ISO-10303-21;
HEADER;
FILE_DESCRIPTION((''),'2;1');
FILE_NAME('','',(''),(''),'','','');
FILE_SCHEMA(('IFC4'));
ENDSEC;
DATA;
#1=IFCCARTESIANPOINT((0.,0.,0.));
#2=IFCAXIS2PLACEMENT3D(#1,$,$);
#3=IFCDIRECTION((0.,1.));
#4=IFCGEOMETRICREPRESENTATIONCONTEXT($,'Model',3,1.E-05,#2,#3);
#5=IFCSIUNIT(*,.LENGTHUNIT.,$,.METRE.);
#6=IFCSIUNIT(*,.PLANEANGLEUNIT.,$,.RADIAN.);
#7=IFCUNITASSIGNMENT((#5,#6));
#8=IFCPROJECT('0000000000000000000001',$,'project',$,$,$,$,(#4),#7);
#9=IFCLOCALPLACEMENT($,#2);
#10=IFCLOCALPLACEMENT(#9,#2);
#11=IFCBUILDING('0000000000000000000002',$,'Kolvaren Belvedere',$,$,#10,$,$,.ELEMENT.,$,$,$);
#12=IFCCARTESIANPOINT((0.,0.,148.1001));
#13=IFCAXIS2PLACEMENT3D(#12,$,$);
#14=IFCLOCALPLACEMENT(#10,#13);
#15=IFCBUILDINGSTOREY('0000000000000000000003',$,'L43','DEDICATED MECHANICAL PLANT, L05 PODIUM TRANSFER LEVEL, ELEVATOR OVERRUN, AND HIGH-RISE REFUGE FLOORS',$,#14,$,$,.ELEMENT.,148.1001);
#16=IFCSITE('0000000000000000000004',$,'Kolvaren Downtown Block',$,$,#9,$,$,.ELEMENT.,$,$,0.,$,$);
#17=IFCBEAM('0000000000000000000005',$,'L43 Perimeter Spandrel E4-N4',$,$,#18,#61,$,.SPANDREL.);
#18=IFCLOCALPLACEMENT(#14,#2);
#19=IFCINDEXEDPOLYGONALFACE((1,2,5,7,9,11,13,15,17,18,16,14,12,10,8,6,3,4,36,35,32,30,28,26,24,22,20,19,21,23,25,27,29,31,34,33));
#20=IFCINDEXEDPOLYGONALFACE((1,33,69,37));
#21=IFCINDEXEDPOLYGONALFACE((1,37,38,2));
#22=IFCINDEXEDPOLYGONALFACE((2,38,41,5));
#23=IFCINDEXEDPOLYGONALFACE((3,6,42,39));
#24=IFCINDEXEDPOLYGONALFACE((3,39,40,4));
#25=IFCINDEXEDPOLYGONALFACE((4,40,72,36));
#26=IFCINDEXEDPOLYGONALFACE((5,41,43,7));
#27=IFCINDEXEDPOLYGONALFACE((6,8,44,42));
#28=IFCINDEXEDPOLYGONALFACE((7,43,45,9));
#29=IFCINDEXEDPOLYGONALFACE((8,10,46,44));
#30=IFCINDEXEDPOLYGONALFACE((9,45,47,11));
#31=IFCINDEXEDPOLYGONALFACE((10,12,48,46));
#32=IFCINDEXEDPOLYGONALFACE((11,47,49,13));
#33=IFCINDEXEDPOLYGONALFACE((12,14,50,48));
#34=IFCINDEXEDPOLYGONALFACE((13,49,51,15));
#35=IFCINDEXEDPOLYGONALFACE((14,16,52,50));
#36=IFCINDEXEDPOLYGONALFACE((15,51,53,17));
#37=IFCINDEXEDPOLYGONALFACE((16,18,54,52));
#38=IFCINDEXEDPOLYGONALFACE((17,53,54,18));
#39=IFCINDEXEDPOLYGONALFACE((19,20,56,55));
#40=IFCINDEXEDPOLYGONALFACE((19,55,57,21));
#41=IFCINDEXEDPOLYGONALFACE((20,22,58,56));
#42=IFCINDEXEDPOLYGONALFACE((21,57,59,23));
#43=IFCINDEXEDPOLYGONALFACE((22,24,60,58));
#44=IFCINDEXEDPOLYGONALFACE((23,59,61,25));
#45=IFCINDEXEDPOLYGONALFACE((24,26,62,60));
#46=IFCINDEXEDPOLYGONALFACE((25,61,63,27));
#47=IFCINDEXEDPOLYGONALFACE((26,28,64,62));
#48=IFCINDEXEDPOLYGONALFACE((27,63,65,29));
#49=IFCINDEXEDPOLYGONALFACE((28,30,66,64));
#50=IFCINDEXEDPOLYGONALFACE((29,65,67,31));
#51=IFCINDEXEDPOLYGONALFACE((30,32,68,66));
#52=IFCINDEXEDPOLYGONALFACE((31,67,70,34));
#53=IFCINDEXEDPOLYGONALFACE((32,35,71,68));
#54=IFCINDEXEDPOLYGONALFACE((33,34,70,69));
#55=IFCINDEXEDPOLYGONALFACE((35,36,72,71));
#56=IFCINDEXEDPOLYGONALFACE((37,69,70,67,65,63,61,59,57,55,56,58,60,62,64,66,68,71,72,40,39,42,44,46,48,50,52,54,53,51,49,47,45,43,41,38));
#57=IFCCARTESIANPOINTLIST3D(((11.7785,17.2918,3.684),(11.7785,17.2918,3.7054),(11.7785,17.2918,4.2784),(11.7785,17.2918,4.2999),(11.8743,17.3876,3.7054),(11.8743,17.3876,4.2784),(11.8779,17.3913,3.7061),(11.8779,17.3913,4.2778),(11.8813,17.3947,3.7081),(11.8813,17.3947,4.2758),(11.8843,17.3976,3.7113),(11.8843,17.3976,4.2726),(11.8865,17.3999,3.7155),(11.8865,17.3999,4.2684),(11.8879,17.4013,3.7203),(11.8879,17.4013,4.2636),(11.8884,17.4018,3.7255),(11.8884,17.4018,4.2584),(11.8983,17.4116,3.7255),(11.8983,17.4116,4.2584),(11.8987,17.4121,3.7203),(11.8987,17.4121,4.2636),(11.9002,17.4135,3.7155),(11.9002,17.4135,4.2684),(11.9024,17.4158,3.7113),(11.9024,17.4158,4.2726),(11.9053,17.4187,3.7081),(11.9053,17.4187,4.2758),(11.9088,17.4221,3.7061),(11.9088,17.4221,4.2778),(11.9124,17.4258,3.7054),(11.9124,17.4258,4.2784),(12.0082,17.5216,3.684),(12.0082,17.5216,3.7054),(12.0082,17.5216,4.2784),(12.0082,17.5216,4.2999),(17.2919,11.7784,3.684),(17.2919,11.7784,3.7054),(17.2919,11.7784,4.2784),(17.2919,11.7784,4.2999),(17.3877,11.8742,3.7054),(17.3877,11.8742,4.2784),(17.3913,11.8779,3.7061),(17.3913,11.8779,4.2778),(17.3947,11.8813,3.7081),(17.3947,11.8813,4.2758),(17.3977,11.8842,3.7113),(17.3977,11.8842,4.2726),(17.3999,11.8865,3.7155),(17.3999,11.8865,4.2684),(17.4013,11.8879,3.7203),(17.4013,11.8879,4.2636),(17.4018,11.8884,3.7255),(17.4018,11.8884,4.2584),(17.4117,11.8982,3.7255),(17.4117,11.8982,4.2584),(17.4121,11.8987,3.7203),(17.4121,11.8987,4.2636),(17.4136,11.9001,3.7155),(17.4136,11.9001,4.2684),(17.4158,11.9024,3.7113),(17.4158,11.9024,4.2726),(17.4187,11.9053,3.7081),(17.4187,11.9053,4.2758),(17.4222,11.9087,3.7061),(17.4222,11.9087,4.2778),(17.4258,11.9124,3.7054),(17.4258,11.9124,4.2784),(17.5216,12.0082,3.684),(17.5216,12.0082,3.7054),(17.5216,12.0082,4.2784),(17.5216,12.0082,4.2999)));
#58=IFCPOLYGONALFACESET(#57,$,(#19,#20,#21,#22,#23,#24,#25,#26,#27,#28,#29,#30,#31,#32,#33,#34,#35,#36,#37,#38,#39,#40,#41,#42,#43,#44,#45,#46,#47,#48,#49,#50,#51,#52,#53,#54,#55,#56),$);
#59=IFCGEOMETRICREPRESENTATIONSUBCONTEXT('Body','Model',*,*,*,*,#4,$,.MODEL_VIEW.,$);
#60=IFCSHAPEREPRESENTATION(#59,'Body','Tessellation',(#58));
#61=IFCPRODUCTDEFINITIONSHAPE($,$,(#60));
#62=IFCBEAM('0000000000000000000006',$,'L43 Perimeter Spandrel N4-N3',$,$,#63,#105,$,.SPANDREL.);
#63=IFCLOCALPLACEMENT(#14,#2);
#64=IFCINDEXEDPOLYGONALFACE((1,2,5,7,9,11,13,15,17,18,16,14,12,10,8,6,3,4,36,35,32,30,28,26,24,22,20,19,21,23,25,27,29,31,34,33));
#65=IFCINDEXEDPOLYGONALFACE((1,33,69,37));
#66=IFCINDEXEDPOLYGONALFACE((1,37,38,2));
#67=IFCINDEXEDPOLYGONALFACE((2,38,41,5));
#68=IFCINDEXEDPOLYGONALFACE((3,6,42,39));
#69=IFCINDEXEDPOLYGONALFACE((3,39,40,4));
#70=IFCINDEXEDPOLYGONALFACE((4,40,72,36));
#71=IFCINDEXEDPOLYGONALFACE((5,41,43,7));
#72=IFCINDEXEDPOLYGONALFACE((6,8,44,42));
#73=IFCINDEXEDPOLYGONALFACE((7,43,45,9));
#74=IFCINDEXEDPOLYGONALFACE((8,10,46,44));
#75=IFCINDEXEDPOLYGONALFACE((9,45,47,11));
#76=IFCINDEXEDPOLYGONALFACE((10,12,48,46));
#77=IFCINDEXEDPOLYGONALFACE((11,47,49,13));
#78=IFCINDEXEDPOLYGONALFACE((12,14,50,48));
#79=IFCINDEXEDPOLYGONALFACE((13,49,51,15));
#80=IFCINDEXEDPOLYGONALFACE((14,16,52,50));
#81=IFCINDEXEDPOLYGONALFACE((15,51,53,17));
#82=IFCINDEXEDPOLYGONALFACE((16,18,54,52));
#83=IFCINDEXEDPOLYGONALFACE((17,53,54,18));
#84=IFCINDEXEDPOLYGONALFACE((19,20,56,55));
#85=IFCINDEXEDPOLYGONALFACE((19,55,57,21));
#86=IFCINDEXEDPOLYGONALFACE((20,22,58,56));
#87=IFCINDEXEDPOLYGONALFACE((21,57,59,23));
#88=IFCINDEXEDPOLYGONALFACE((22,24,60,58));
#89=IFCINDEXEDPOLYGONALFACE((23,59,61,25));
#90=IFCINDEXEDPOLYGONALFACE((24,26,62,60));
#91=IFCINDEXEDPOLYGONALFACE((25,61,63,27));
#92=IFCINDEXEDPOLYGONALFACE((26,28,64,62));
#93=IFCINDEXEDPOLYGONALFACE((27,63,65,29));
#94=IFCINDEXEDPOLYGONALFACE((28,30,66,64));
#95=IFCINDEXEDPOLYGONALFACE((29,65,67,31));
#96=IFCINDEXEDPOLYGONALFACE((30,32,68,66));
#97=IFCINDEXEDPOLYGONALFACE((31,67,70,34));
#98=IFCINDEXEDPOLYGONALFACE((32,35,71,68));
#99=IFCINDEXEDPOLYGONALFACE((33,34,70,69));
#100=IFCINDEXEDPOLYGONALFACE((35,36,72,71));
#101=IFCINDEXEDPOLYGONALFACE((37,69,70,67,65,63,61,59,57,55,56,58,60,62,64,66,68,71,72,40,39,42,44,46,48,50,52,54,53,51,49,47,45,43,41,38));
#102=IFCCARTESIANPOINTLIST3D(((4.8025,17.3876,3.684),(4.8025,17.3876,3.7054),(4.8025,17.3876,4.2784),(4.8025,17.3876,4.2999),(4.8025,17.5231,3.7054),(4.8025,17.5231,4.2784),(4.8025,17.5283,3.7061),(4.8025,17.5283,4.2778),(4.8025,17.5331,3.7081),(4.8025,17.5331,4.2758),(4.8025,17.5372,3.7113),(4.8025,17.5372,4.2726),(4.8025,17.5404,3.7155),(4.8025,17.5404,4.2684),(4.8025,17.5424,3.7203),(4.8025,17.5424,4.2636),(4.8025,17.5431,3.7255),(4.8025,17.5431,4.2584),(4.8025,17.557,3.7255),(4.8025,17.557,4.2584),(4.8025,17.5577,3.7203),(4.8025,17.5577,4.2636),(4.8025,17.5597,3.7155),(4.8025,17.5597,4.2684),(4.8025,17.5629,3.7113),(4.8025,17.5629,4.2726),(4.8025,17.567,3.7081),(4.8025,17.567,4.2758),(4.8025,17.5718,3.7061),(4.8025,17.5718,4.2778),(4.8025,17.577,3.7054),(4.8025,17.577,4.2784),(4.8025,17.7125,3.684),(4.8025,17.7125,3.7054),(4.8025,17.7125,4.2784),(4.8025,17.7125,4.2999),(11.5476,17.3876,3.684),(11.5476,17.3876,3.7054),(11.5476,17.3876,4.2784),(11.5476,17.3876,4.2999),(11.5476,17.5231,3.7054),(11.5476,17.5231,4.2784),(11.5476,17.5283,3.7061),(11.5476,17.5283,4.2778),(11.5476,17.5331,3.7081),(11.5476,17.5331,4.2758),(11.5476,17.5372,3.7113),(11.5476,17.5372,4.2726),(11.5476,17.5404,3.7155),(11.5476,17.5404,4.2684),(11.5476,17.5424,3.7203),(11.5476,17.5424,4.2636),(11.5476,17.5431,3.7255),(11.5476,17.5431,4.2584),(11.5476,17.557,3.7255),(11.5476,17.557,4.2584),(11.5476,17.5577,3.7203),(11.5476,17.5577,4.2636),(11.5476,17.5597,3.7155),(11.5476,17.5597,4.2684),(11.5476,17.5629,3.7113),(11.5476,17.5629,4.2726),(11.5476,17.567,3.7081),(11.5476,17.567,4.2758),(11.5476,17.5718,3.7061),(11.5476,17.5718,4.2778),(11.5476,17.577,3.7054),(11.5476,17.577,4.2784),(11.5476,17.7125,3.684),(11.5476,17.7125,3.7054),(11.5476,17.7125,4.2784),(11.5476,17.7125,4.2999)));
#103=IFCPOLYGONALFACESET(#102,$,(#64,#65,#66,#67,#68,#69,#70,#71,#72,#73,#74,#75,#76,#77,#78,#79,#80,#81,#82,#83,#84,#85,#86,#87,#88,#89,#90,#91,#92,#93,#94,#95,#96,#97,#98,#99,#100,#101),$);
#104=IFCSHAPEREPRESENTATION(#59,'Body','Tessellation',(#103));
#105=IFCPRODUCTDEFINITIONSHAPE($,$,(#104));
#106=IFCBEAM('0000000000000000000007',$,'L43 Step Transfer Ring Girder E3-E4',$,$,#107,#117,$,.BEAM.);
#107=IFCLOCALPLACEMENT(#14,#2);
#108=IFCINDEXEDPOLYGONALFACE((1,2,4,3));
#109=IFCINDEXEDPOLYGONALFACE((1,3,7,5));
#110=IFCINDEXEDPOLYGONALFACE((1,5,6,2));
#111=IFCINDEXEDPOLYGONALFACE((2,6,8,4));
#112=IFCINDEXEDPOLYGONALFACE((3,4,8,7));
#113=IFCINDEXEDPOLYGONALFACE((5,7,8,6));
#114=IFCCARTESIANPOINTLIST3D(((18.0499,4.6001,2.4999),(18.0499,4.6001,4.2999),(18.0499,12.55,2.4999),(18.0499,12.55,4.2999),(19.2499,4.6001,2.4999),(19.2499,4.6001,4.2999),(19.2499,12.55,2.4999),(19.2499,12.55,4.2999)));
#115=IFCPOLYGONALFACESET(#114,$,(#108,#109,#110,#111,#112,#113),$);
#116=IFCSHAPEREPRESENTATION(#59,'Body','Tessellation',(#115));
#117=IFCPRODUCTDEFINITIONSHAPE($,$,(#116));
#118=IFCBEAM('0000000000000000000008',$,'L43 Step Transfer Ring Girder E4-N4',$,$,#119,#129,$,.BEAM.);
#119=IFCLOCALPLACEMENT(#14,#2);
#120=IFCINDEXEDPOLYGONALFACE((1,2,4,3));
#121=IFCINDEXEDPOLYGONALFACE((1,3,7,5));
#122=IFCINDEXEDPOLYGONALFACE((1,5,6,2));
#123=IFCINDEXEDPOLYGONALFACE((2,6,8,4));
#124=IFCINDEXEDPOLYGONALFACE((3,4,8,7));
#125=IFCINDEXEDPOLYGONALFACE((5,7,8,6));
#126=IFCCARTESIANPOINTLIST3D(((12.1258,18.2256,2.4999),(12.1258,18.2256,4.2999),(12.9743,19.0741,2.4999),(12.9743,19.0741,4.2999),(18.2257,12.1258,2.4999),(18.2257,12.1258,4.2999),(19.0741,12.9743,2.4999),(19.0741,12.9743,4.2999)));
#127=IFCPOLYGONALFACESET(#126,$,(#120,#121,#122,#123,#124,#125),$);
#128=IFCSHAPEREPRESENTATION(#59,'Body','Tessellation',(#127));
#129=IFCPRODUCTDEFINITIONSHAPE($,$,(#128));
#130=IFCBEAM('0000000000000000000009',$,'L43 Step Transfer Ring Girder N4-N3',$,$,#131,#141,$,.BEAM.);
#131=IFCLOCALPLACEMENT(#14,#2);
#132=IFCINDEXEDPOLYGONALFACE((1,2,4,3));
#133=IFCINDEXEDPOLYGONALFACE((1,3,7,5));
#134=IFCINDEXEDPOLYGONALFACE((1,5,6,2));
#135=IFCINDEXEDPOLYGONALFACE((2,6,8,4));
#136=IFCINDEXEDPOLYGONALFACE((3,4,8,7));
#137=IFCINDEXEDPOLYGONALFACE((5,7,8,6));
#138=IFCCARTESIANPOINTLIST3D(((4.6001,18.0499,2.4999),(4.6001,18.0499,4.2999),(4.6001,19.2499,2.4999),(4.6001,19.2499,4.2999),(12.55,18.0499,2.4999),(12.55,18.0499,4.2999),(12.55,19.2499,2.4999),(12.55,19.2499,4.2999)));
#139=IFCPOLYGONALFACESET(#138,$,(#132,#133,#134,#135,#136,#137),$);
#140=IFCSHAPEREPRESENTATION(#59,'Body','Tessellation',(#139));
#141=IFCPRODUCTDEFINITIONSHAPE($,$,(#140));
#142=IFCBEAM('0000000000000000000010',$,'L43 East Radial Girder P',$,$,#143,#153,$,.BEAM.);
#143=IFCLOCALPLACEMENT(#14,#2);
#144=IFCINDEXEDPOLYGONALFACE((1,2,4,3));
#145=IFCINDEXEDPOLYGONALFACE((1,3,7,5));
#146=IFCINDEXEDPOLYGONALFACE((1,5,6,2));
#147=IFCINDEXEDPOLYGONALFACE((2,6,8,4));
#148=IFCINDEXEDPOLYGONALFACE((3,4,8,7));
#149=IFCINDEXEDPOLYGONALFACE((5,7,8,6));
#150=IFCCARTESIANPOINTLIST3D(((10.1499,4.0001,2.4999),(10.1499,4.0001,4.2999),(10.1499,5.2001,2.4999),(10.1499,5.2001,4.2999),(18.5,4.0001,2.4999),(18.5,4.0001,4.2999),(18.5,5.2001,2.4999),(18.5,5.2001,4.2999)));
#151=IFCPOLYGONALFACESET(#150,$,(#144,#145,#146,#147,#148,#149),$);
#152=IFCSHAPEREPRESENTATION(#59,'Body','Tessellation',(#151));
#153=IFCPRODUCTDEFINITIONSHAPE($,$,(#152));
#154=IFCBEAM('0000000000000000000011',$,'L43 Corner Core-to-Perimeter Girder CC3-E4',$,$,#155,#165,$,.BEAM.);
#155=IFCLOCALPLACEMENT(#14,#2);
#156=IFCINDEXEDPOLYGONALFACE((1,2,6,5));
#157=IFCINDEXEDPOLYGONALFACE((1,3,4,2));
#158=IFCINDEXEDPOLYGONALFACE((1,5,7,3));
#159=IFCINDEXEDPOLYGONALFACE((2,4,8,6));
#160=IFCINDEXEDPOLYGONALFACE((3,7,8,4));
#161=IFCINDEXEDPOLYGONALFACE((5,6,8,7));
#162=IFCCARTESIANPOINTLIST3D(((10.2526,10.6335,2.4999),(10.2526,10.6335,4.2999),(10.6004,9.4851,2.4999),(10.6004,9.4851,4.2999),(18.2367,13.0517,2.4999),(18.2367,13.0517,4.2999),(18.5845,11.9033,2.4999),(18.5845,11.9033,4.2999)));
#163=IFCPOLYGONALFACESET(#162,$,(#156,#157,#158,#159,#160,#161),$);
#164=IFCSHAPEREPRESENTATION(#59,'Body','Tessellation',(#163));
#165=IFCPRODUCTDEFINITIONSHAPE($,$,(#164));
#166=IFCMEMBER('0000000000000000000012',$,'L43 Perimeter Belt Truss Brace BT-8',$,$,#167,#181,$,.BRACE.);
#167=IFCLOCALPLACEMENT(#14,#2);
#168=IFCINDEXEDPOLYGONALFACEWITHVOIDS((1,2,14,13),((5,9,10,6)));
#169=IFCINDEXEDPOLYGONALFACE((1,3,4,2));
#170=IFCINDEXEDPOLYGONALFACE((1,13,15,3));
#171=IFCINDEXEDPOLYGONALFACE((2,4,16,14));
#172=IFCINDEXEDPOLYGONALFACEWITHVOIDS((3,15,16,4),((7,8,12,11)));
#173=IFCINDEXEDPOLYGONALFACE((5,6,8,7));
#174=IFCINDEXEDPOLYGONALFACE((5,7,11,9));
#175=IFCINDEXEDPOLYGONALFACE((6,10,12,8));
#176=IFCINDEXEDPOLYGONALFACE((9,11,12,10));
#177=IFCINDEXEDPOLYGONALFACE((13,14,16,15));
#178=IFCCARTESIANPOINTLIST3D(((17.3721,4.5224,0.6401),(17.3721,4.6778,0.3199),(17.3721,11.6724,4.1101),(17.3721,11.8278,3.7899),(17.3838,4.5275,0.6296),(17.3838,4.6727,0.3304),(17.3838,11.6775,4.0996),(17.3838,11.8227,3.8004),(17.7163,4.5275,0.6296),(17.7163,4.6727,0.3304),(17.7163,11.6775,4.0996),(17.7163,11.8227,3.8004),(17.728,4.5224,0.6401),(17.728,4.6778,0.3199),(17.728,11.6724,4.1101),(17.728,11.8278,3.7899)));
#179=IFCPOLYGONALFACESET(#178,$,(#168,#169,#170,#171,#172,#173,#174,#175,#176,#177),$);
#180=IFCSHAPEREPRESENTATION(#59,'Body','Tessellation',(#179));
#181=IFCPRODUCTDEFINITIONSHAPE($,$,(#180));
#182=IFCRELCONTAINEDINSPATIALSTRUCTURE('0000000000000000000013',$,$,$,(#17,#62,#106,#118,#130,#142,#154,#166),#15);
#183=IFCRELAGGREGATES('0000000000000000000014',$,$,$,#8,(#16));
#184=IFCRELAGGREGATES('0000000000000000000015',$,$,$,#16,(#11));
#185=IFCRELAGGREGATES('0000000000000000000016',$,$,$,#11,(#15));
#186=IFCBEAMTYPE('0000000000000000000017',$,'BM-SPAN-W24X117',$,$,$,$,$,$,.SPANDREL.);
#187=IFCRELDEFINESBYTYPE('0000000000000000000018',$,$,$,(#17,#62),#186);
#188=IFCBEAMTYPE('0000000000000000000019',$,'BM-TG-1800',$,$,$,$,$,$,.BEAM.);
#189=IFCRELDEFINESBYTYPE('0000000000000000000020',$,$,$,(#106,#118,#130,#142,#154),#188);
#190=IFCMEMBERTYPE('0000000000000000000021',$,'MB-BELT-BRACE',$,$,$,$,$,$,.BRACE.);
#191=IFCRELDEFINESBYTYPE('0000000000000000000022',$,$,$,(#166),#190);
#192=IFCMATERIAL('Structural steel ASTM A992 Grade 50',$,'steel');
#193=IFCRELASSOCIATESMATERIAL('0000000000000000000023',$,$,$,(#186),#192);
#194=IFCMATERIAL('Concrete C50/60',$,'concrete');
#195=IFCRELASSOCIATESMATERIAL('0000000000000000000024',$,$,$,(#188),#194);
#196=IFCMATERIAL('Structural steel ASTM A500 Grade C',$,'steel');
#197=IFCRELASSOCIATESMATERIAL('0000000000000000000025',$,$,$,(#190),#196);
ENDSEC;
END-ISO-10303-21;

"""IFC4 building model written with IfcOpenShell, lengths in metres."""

from ifc_helpers import new_model, si_unit, direction, frame, origin, origin_2d, place, context, subcontext, project, spatial, rectangle, hollow_rectangle, i_section, extrude, material, material_profile, profile_set, type_object, element, save


model = new_model("IFC4")

# Units and contexts
model_context = context("Model", 3, precision=1e-05, world=origin(), true_north=direction((0.0, 1.0)))
body_context = subcontext(model_context, "Body", "Model", "MODEL_VIEW")
ifc_project = project(units=[si_unit("LENGTHUNIT", "METRE"), si_unit("PLANEANGLEUNIT", "RADIAN")], contexts=[model_context])

# Site, building, storey
site_placement = place(None, origin())
site = spatial("IfcSite", under=ifc_project, at=site_placement, Name="Kolvaren Downtown Block", CompositionType="ELEMENT", RefElevation=0.0)
building_placement = place(site_placement, origin())
building = spatial("IfcBuilding", under=site, at=building_placement, Name="Kolvaren Belvedere", CompositionType="ELEMENT")
storey_placement = place(building_placement, frame((0.0, 0.0, 148.1001)))
storey = spatial("IfcBuildingStorey", under=building, at=storey_placement, Name="L43", Description="DEDICATED MECHANICAL PLANT, L05 PODIUM TRANSFER LEVEL, ELEVATOR OVERRUN, AND HIGH-RISE REFUGE FLOORS", CompositionType="ELEMENT", Elevation=148.1001)

# Beams
ifc_material_1 = material(Name="Structural steel ASTM A992 Grade 50", Category="steel")
ifc_material_profile_1 = material_profile(ifc_material_1, i_section(OverallWidth=0.325, OverallDepth=0.616, WebThickness=0.0139, FlangeThickness=0.0215, FilletRadius=0.02, at=origin_2d()), Name="W24X117")
ifc_profile_set_1 = profile_set([ifc_material_profile_1], Name="Structural steel ASTM A992 Grade 50")
beam_type_1 = type_object("IfcBeamType", Name="BM-SPAN-W24X117", PredefinedType="SPANDREL", material=ifc_profile_set_1)
beam_1_placement = place(storey_placement, frame((17.4067, 11.8933, 3.9919), z_axis=(-0.707107, 0.707107, 0.0), x_axis=(-0.707107, -0.707107, 0.0)))
element("IfcBeam", 1, at=beam_1_placement, inside=storey, type_object=beam_type_1, Name="L43 Perimeter Spandrel E4-N4", PredefinedType="SPANDREL", context=body_context, shape_type="SweptSolid", body=[
    extrude(i_section(OverallWidth=0.325, OverallDepth=0.616, WebThickness=0.0139, FlangeThickness=0.0215, FilletRadius=0.02, at=origin_2d()), origin(), (0.0, 0.0, 1.0), 7.7971),
])
beam_2_placement = place(storey_placement, frame((11.5476, 17.55, 3.9919), z_axis=(-1.0, 0.0, 0.0), x_axis=(0.0, -1.0, 0.0)))
element("IfcBeam", 2, at=beam_2_placement, inside=storey, type_object=beam_type_1, Name="L43 Perimeter Spandrel N4-N3", PredefinedType="SPANDREL", context=body_context, shape_type="SweptSolid", body=[
    extrude(i_section(OverallWidth=0.325, OverallDepth=0.616, WebThickness=0.0139, FlangeThickness=0.0215, FilletRadius=0.02, at=origin_2d()), origin(), (0.0, 0.0, 1.0), 6.7451),
])
ifc_material_2 = material(Name="Concrete C50/60", Category="concrete")
ifc_material_profile_2 = material_profile(ifc_material_2, rectangle(XDim=1.2, YDim=1.8, at=origin_2d()), Name="RC 1200X1800")
ifc_profile_set_2 = profile_set([ifc_material_profile_2], Name="Concrete C50/60")
beam_type_2 = type_object("IfcBeamType", Name="BM-TG-1800", PredefinedType="BEAM", material=ifc_profile_set_2)
beam_3_placement = place(storey_placement, frame((18.6499, 4.6001, 3.3999), z_axis=(0.0, 1.0, 0.0), x_axis=(-1.0, 0.0, 0.0)))
element("IfcBeam", 3, at=beam_3_placement, inside=storey, type_object=beam_type_2, Name="L43 Step Transfer Ring Girder E3-E4", PredefinedType="BEAM", context=body_context, shape_type="SweptSolid", body=[
    extrude(rectangle(XDim=1.2, YDim=1.8, at=origin_2d()), origin(), (0.0, 0.0, 1.0), 7.95),
])
beam_4_placement = place(storey_placement, frame((18.6499, 12.55, 3.3999), z_axis=(-0.707107, 0.707107, 0.0), x_axis=(-0.707107, -0.707107, 0.0)))
element("IfcBeam", 4, at=beam_4_placement, inside=storey, type_object=beam_type_2, Name="L43 Step Transfer Ring Girder E4-N4", PredefinedType="BEAM", context=body_context, shape_type="SweptSolid", body=[
    extrude(rectangle(XDim=1.2, YDim=1.8, at=origin_2d()), origin(), (0.0, 0.0, 1.0), 8.6265),
])
beam_5_placement = place(storey_placement, frame((12.55, 18.6499, 3.3999), z_axis=(-1.0, 0.0, 0.0), x_axis=(0.0, -1.0, 0.0)))
element("IfcBeam", 5, at=beam_5_placement, inside=storey, type_object=beam_type_2, Name="L43 Step Transfer Ring Girder N4-N3", PredefinedType="BEAM", context=body_context, shape_type="SweptSolid", body=[
    extrude(rectangle(XDim=1.2, YDim=1.8, at=origin_2d()), origin(), (0.0, 0.0, 1.0), 7.95),
])
beam_6_placement = place(storey_placement, frame((10.1499, 4.6001, 3.3999), z_axis=(1.0, 0.0, 0.0), x_axis=(0.0, 1.0, 0.0)))
element("IfcBeam", 6, at=beam_6_placement, inside=storey, type_object=beam_type_2, Name="L43 East Radial Girder P", PredefinedType="BEAM", context=body_context, shape_type="SweptSolid", body=[
    extrude(rectangle(XDim=1.2, YDim=1.8, at=origin_2d()), origin(), (0.0, 0.0, 1.0), 8.3501),
])
beam_7_placement = place(storey_placement, frame((10.4265, 10.0593, 3.3999), z_axis=(0.957065, 0.289873, 0.0), x_axis=(-0.289873, 0.957065, 0.0)))
element("IfcBeam", 7, at=beam_7_placement, inside=storey, type_object=beam_type_2, Name="L43 Corner Core-to-Perimeter Girder CC3-E4", PredefinedType="BEAM", context=body_context, shape_type="SweptSolid", body=[
    extrude(rectangle(XDim=1.2, YDim=1.8, at=origin_2d()), origin(), (0.0, 0.0, 1.0), 8.3423),
])

# Member
ifc_material_3 = material(Name="Structural steel ASTM A500 Grade C", Category="steel")
ifc_material_profile_3 = material_profile(ifc_material_3, hollow_rectangle(XDim=0.356, YDim=0.356, WallThickness=0.0117, at=origin_2d()), Name="HSS14X14X1/2")
ifc_profile_set_3 = profile_set([ifc_material_profile_3], Name="Structural steel ASTM A500 Grade C")
member_type_1 = type_object("IfcMemberType", Name="MB-BELT-BRACE", PredefinedType="BRACE", material=ifc_profile_set_3)
member_1_placement = place(storey_placement, frame((17.55, 4.6001, 0.48), z_axis=(0.0, 0.899649, 0.436615), x_axis=(-1.0, 0.0, 0.0)))
element("IfcMember", 8, at=member_1_placement, inside=storey, type_object=member_type_1, Name="L43 Perimeter Belt Truss Brace BT-8", PredefinedType="BRACE", context=body_context, shape_type="SweptSolid", body=[
    extrude(hollow_rectangle(XDim=0.356, YDim=0.356, WallThickness=0.0117, at=origin_2d()), origin(), (0.0, 0.0, 1.0), 7.9475),
])

save(model, "model.ifc")
